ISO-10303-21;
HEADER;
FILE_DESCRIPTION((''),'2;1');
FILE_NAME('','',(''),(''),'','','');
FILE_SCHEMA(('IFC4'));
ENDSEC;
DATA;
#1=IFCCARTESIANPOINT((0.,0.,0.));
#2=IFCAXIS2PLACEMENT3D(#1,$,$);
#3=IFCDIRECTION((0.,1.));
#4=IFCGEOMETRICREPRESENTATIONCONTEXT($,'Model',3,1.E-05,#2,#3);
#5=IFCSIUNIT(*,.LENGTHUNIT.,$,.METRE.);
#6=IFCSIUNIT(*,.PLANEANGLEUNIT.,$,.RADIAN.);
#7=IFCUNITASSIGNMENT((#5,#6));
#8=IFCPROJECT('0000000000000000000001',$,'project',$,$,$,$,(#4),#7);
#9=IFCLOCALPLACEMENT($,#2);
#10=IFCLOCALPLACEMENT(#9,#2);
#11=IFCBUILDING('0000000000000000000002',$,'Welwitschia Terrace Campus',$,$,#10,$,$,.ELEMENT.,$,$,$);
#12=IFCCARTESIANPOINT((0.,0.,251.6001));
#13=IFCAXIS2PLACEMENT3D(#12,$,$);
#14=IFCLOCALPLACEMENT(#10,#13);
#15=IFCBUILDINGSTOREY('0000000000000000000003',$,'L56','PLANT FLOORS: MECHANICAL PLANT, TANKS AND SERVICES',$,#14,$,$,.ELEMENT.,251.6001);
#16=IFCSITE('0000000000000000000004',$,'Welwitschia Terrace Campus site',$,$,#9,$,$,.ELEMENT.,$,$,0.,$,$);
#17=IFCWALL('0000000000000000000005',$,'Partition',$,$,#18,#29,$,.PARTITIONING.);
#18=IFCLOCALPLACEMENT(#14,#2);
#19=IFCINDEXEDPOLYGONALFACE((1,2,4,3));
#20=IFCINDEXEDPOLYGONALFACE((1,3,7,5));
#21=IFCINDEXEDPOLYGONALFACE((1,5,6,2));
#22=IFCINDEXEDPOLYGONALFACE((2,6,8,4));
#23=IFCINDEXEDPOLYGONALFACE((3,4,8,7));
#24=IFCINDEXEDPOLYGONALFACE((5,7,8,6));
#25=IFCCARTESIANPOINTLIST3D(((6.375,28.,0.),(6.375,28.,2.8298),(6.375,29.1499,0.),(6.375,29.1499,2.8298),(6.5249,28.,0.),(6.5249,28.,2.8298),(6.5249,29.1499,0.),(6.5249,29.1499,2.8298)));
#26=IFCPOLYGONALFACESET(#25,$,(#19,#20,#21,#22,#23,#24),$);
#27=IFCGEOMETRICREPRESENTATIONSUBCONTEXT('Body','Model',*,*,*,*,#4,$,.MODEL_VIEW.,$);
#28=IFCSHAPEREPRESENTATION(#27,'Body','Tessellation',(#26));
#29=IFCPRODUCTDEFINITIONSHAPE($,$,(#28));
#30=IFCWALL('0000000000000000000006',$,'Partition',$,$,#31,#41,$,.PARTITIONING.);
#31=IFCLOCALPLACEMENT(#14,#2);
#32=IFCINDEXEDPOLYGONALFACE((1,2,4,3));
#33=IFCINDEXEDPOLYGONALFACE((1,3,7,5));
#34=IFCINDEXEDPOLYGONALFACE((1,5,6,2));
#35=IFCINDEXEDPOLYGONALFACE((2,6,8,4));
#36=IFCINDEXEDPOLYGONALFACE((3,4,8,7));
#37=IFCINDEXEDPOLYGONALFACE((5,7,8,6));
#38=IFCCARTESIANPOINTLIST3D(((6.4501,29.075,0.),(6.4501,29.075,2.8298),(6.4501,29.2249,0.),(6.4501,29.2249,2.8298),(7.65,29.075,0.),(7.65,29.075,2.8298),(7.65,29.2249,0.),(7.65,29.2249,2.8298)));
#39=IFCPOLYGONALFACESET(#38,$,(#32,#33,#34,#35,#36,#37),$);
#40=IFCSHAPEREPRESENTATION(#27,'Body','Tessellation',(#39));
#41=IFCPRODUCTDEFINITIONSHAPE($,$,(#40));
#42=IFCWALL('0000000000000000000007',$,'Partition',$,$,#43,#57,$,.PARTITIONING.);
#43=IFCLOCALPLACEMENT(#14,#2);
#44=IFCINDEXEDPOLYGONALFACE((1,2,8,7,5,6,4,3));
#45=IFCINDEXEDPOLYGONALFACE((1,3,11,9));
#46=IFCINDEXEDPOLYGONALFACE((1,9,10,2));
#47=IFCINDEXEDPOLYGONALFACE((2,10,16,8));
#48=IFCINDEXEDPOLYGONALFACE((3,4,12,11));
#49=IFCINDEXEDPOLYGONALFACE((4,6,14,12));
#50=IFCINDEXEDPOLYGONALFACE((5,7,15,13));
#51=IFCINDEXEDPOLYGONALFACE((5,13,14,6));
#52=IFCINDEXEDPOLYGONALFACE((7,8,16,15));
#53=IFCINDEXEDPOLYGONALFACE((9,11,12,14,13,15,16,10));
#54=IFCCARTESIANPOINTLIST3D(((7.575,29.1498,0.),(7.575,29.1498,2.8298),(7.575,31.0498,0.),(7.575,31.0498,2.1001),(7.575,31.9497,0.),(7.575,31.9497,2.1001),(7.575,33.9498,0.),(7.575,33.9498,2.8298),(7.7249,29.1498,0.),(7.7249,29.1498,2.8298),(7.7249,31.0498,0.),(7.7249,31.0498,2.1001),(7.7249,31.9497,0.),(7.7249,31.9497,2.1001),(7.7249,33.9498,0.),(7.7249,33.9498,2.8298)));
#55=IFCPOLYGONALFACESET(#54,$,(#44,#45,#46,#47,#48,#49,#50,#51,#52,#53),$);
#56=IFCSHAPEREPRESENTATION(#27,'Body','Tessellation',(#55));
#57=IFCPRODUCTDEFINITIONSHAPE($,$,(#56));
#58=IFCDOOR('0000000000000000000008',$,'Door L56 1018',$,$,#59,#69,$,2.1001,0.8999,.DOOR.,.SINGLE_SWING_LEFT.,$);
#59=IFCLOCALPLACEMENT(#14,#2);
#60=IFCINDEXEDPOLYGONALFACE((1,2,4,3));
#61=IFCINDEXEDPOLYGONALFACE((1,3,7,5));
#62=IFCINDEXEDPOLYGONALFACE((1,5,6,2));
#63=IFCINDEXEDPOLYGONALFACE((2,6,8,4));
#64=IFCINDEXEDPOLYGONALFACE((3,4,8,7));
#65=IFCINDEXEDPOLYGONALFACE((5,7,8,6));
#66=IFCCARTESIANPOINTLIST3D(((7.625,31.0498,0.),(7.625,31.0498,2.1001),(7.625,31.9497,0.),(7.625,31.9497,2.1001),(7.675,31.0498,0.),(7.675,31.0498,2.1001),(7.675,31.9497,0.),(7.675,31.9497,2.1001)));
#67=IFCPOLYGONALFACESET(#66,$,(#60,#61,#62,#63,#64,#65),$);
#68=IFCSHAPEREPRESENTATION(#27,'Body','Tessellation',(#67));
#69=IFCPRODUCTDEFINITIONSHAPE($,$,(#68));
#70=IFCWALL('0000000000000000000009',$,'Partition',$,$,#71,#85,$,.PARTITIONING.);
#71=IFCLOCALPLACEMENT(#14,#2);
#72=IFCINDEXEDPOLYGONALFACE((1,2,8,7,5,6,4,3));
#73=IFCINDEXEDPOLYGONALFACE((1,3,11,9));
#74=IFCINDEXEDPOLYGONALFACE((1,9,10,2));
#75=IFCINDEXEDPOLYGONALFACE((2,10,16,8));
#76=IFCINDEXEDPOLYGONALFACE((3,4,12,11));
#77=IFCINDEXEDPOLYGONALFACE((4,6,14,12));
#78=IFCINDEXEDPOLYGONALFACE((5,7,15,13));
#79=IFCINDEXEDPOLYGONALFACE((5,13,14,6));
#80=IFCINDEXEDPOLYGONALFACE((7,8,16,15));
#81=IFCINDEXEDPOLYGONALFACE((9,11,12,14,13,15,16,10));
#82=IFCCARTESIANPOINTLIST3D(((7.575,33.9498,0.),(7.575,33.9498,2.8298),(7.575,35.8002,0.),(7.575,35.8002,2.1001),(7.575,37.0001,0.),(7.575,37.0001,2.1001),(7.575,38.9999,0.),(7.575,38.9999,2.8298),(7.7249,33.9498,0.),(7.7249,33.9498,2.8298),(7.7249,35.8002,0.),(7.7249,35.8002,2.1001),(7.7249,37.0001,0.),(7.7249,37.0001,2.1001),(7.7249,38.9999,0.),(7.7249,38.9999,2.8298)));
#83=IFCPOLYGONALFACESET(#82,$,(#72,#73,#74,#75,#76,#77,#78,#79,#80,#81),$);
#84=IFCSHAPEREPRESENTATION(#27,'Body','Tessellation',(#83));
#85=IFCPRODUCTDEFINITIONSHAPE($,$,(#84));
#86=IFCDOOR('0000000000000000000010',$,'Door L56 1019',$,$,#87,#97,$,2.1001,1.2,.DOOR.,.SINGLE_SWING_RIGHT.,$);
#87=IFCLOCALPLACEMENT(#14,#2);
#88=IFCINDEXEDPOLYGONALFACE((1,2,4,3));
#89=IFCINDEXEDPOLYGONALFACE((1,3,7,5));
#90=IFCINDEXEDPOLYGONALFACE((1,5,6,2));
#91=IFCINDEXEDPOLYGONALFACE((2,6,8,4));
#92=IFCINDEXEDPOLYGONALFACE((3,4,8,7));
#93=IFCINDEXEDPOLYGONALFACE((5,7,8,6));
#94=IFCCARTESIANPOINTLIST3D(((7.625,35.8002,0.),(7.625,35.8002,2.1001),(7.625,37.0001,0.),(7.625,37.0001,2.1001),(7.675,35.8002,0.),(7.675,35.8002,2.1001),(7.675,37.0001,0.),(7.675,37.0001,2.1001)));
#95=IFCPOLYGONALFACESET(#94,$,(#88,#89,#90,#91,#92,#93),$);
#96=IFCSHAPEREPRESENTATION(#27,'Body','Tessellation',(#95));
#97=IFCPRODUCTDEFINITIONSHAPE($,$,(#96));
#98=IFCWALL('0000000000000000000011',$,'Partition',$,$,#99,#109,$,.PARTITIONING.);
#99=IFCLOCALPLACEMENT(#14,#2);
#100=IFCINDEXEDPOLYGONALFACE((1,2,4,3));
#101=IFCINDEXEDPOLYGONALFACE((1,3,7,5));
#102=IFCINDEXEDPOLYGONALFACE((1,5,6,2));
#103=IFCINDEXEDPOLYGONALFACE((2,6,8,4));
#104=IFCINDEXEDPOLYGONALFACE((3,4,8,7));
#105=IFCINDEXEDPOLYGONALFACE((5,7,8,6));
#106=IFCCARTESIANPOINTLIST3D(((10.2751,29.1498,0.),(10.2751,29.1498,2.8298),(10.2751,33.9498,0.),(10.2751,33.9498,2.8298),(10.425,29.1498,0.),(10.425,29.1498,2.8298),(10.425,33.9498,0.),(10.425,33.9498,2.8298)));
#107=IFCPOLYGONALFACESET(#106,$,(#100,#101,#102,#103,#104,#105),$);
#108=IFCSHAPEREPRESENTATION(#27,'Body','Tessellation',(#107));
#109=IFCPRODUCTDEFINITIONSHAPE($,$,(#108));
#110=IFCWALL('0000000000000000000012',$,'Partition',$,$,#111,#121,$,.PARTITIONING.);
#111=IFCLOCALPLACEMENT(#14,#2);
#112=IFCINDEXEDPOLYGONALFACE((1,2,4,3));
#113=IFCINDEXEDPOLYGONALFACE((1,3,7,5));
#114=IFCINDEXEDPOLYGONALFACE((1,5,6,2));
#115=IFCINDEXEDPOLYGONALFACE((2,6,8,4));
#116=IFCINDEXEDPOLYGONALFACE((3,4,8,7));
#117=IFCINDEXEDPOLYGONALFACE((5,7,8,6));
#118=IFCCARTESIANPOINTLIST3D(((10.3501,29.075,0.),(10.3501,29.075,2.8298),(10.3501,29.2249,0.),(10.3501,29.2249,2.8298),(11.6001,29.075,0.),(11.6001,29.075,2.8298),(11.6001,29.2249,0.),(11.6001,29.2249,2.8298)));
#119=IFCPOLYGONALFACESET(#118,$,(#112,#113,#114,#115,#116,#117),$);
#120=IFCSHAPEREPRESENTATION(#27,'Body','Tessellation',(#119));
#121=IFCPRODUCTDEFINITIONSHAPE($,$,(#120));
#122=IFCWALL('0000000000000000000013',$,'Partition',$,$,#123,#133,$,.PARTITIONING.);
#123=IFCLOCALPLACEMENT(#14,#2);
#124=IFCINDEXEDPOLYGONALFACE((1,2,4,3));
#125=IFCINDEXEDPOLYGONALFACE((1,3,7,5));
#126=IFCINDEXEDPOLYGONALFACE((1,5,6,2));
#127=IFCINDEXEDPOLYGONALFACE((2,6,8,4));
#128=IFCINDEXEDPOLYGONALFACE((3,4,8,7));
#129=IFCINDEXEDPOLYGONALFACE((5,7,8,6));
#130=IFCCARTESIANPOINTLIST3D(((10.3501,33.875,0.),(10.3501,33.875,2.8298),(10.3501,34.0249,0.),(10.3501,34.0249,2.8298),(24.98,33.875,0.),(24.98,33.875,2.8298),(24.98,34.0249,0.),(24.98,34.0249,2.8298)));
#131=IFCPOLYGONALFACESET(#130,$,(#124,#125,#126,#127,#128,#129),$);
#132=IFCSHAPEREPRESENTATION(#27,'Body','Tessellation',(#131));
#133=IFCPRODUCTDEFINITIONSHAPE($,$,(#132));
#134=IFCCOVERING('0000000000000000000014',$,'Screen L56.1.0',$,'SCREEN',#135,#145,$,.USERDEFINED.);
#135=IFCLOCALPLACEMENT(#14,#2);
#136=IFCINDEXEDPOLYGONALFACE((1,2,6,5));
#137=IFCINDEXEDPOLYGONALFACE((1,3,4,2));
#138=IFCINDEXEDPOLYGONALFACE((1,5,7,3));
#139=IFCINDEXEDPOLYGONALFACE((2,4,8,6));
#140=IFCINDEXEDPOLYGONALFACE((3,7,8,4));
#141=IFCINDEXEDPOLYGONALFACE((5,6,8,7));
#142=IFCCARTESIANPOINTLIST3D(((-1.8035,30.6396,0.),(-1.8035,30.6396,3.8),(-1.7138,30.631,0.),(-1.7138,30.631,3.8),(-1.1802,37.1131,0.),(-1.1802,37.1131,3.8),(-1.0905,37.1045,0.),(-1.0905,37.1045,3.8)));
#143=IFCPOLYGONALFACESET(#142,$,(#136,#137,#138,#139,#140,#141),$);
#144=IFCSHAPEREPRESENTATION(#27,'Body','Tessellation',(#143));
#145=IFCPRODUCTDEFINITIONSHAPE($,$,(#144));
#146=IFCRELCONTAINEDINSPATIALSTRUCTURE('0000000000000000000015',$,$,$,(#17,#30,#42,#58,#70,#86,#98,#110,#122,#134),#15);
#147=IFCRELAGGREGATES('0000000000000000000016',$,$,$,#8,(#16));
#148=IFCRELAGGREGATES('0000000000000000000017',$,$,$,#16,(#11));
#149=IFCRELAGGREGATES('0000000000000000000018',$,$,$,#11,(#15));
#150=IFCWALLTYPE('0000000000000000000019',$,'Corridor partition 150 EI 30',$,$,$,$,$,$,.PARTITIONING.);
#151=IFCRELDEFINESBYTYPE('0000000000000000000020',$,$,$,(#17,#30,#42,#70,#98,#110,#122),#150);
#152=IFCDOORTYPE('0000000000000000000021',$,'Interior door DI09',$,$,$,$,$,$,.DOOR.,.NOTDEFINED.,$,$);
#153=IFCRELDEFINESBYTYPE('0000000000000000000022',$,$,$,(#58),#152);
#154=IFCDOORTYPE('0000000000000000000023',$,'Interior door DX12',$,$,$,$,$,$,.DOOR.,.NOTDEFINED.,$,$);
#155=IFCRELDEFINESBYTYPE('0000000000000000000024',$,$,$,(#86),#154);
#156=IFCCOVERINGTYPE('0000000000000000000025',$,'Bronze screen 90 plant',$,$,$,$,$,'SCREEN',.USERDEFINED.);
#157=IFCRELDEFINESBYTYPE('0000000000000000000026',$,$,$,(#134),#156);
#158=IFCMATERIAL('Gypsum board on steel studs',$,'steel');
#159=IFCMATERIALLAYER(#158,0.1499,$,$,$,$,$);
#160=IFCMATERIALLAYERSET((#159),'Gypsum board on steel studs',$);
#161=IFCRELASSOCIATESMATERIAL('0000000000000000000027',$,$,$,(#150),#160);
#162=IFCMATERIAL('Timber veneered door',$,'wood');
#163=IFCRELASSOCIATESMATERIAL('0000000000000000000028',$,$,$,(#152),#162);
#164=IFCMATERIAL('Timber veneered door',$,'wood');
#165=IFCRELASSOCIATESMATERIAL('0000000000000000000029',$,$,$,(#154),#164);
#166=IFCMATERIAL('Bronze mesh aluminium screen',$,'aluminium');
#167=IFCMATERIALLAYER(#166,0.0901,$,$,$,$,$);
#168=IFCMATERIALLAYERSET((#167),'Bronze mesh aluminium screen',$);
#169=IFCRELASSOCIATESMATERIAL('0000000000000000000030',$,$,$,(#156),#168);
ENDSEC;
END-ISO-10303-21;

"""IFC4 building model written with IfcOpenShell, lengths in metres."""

from ifc_helpers import new_model, si_unit, direction, frame, frame_2d, origin, origin_2d, place, context, subcontext, project, spatial, rectangle, extrude, material, layer, layer_set, type_object, element, fill, save


model = new_model("IFC4")

# Units and contexts
model_context = context("Model", 3, precision=1e-05, world=origin(), true_north=direction((0.0, 1.0)))
body_context = subcontext(model_context, "Body", "Model", "MODEL_VIEW")
ifc_project = project(units=[si_unit("LENGTHUNIT", "METRE"), si_unit("PLANEANGLEUNIT", "RADIAN")], contexts=[model_context])

# Site, building, storey
site_placement = place(None, origin())
site = spatial("IfcSite", under=ifc_project, at=site_placement, Name="Welwitschia Terrace Campus site", CompositionType="ELEMENT", RefElevation=0.0)
building_placement = place(site_placement, origin())
building = spatial("IfcBuilding", under=site, at=building_placement, Name="Welwitschia Terrace Campus", CompositionType="ELEMENT")
storey_placement = place(building_placement, frame((0.0, 0.0, 251.6001)))
storey = spatial("IfcBuildingStorey", under=building, at=storey_placement, Name="L56", Description="PLANT FLOORS: MECHANICAL PLANT, TANKS AND SERVICES", CompositionType="ELEMENT", Elevation=251.6001)

# Walls
ifc_material_1 = material(Name="Gypsum board on steel studs", Category="steel")
ifc_layer_1 = layer(ifc_material_1, 0.1499)
ifc_layer_set_1 = layer_set([ifc_layer_1], Name="Gypsum board on steel studs")
wall_type = type_object("IfcWallType", Name="Corridor partition 150 EI 30", PredefinedType="PARTITIONING", material=ifc_layer_set_1)
wall_1_placement = place(storey_placement, frame((6.45, 28.0, 0.0), z_axis=(0.0, 0.0, 1.0), x_axis=(0.0, 1.0, 0.0)))
element("IfcWall", 1, at=wall_1_placement, inside=storey, type_object=wall_type, Name="Partition", PredefinedType="PARTITIONING", context=body_context, shape_type="SweptSolid", body=[
    extrude(rectangle(XDim=1.1499, YDim=0.1499, at=frame_2d((0.575, 0.0))), origin(), (0.0, 0.0, 1.0), 2.8298),
])
wall_2_placement = place(storey_placement, frame((6.45, 29.1499, 0.0), z_axis=(0.0, 0.0, 1.0), x_axis=(1.0, 0.0, 0.0)))
element("IfcWall", 2, at=wall_2_placement, inside=storey, type_object=wall_type, Name="Partition", PredefinedType="PARTITIONING", context=body_context, shape_type="SweptSolid", body=[
    extrude(rectangle(XDim=1.2, YDim=0.1499, at=frame_2d((0.6001, 0.0))), origin(), (0.0, 0.0, 1.0), 2.8298),
])

# Walls, openings, doors
wall_3_placement = place(storey_placement, frame((7.6499, 29.1499, 0.0), z_axis=(0.0, 0.0, 1.0), x_axis=(0.0, 1.0, 0.0)))
wall_3 = element("IfcWall", 3, at=wall_3_placement, inside=storey, type_object=wall_type, Name="Partition", PredefinedType="PARTITIONING", context=body_context, shape_type="SweptSolid", body=[
    extrude(rectangle(XDim=4.8, YDim=0.1499, at=frame_2d((2.3999, 0.0))), origin(), (0.0, 0.0, 1.0), 2.8298),
])
opening_1_placement = place(wall_3_placement, frame((1.8999, 0.0, 0.0)))
opening_1 = element("IfcOpeningElement", 4, at=opening_1_placement, cuts=wall_3, PredefinedType="OPENING", context=body_context, shape_type="SweptSolid", body=[
    extrude(rectangle(XDim=0.8999, YDim=2.1001, at=frame_2d((0.45, 1.05))), frame((0.0, 0.085, 0.0), z_axis=(0.0, -1.0, 0.0), x_axis=(1.0, 0.0, 0.0)), (0.0, 0.0, 1.0), 0.1699),
])
ifc_material_2 = material(Name="Timber veneered door", Category="wood")
door_type_1 = type_object("IfcDoorType", Name="Interior door DI09", OperationType="NOTDEFINED", PredefinedType="DOOR", material=ifc_material_2)
door_1_placement = place(opening_1_placement, origin())
door_1 = element("IfcDoor", 5, at=door_1_placement, inside=storey, type_object=door_type_1, Name="Door L56 1018", OperationType="SINGLE_SWING_LEFT", OverallHeight=2.1001, OverallWidth=0.8999, PredefinedType="DOOR", context=body_context, shape_type="SweptSolid", body=[
    extrude(rectangle(XDim=0.8999, YDim=2.1001, at=frame_2d((0.45, 1.05))), frame((0.0, 0.0249, 0.0), z_axis=(0.0, -1.0, 0.0), x_axis=(1.0, 0.0, 0.0)), (0.0, 0.0, 1.0), 0.05),
])
fill(opening_1, door_1)
wall_4_placement = place(storey_placement, frame((7.6499, 33.95, 0.0), z_axis=(0.0, 0.0, 1.0), x_axis=(0.0, 1.0, 0.0)))
wall_4 = element("IfcWall", 6, at=wall_4_placement, inside=storey, type_object=wall_type, Name="Partition", PredefinedType="PARTITIONING", context=body_context, shape_type="SweptSolid", body=[
    extrude(rectangle(XDim=5.05, YDim=0.1499, at=frame_2d((2.5249, 0.0))), origin(), (0.0, 0.0, 1.0), 2.8298),
])
opening_2_placement = place(wall_4_placement, frame((1.8501, 0.0, 0.0)))
opening_2 = element("IfcOpeningElement", 7, at=opening_2_placement, cuts=wall_4, PredefinedType="OPENING", context=body_context, shape_type="SweptSolid", body=[
    extrude(rectangle(XDim=1.2, YDim=2.1001, at=frame_2d((0.6001, 1.05))), frame((0.0, 0.085, 0.0), z_axis=(0.0, -1.0, 0.0), x_axis=(1.0, 0.0, 0.0)), (0.0, 0.0, 1.0), 0.1699),
])
ifc_material_3 = material(Name="Timber veneered door", Category="wood")
door_type_2 = type_object("IfcDoorType", Name="Interior door DX12", OperationType="NOTDEFINED", PredefinedType="DOOR", material=ifc_material_3)
door_2_placement = place(opening_2_placement, origin())
door_2 = element("IfcDoor", 8, at=door_2_placement, inside=storey, type_object=door_type_2, Name="Door L56 1019", OperationType="SINGLE_SWING_RIGHT", OverallHeight=2.1001, OverallWidth=1.2, PredefinedType="DOOR", context=body_context, shape_type="SweptSolid", body=[
    extrude(rectangle(XDim=1.2, YDim=2.1001, at=frame_2d((0.6001, 1.05))), frame((0.0, 0.0249, 0.0), z_axis=(0.0, -1.0, 0.0), x_axis=(1.0, 0.0, 0.0)), (0.0, 0.0, 1.0), 0.05),
])
fill(opening_2, door_2)

# Walls
wall_5_placement = place(storey_placement, frame((10.3501, 29.1499, 0.0), z_axis=(0.0, 0.0, 1.0), x_axis=(0.0, 1.0, 0.0)))
element("IfcWall", 9, at=wall_5_placement, inside=storey, type_object=wall_type, Name="Partition", PredefinedType="PARTITIONING", context=body_context, shape_type="SweptSolid", body=[
    extrude(rectangle(XDim=4.8, YDim=0.1499, at=frame_2d((2.3999, 0.0))), origin(), (0.0, 0.0, 1.0), 2.8298),
])
wall_6_placement = place(storey_placement, frame((10.3501, 29.1499, 0.0), z_axis=(0.0, 0.0, 1.0), x_axis=(1.0, 0.0, 0.0)))
element("IfcWall", 10, at=wall_6_placement, inside=storey, type_object=wall_type, Name="Partition", PredefinedType="PARTITIONING", context=body_context, shape_type="SweptSolid", body=[
    extrude(rectangle(XDim=1.25, YDim=0.1499, at=frame_2d((0.625, 0.0))), origin(), (0.0, 0.0, 1.0), 2.8298),
])
wall_7_placement = place(storey_placement, frame((10.3501, 33.95, 0.0), z_axis=(0.0, 0.0, 1.0), x_axis=(1.0, 0.0, 0.0)))
element("IfcWall", 11, at=wall_7_placement, inside=storey, type_object=wall_type, Name="Partition", PredefinedType="PARTITIONING", context=body_context, shape_type="SweptSolid", body=[
    extrude(rectangle(XDim=14.6299, YDim=0.1499, at=frame_2d((7.3149, 0.0))), origin(), (0.0, 0.0, 1.0), 2.8298),
])

# Covering
ifc_material_4 = material(Name="Bronze mesh aluminium screen", Category="aluminium")
ifc_layer_2 = layer(ifc_material_4, 0.0901)
ifc_layer_set_2 = layer_set([ifc_layer_2], Name="Bronze mesh aluminium screen")
covering_type = type_object("IfcCoveringType", Name="Bronze screen 90 plant", ElementType="SCREEN", PredefinedType="USERDEFINED", material=ifc_layer_set_2)
covering_placement = place(storey_placement, frame((-1.447, 33.8721, 0.0), z_axis=(0.0, 0.0, 1.0), x_axis=(-0.095846, -0.995396, 0.0)))
element("IfcCovering", 12, at=covering_placement, inside=storey, type_object=covering_type, Name="Screen L56.1.0", ObjectType="SCREEN", PredefinedType="USERDEFINED", context=body_context, shape_type="SweptSolid", body=[
    extrude(rectangle(XDim=6.5034, YDim=0.0901, at=origin_2d()), origin(), (0.0, 0.0, 1.0), 3.8),
])

save(model, "model.ifc")
